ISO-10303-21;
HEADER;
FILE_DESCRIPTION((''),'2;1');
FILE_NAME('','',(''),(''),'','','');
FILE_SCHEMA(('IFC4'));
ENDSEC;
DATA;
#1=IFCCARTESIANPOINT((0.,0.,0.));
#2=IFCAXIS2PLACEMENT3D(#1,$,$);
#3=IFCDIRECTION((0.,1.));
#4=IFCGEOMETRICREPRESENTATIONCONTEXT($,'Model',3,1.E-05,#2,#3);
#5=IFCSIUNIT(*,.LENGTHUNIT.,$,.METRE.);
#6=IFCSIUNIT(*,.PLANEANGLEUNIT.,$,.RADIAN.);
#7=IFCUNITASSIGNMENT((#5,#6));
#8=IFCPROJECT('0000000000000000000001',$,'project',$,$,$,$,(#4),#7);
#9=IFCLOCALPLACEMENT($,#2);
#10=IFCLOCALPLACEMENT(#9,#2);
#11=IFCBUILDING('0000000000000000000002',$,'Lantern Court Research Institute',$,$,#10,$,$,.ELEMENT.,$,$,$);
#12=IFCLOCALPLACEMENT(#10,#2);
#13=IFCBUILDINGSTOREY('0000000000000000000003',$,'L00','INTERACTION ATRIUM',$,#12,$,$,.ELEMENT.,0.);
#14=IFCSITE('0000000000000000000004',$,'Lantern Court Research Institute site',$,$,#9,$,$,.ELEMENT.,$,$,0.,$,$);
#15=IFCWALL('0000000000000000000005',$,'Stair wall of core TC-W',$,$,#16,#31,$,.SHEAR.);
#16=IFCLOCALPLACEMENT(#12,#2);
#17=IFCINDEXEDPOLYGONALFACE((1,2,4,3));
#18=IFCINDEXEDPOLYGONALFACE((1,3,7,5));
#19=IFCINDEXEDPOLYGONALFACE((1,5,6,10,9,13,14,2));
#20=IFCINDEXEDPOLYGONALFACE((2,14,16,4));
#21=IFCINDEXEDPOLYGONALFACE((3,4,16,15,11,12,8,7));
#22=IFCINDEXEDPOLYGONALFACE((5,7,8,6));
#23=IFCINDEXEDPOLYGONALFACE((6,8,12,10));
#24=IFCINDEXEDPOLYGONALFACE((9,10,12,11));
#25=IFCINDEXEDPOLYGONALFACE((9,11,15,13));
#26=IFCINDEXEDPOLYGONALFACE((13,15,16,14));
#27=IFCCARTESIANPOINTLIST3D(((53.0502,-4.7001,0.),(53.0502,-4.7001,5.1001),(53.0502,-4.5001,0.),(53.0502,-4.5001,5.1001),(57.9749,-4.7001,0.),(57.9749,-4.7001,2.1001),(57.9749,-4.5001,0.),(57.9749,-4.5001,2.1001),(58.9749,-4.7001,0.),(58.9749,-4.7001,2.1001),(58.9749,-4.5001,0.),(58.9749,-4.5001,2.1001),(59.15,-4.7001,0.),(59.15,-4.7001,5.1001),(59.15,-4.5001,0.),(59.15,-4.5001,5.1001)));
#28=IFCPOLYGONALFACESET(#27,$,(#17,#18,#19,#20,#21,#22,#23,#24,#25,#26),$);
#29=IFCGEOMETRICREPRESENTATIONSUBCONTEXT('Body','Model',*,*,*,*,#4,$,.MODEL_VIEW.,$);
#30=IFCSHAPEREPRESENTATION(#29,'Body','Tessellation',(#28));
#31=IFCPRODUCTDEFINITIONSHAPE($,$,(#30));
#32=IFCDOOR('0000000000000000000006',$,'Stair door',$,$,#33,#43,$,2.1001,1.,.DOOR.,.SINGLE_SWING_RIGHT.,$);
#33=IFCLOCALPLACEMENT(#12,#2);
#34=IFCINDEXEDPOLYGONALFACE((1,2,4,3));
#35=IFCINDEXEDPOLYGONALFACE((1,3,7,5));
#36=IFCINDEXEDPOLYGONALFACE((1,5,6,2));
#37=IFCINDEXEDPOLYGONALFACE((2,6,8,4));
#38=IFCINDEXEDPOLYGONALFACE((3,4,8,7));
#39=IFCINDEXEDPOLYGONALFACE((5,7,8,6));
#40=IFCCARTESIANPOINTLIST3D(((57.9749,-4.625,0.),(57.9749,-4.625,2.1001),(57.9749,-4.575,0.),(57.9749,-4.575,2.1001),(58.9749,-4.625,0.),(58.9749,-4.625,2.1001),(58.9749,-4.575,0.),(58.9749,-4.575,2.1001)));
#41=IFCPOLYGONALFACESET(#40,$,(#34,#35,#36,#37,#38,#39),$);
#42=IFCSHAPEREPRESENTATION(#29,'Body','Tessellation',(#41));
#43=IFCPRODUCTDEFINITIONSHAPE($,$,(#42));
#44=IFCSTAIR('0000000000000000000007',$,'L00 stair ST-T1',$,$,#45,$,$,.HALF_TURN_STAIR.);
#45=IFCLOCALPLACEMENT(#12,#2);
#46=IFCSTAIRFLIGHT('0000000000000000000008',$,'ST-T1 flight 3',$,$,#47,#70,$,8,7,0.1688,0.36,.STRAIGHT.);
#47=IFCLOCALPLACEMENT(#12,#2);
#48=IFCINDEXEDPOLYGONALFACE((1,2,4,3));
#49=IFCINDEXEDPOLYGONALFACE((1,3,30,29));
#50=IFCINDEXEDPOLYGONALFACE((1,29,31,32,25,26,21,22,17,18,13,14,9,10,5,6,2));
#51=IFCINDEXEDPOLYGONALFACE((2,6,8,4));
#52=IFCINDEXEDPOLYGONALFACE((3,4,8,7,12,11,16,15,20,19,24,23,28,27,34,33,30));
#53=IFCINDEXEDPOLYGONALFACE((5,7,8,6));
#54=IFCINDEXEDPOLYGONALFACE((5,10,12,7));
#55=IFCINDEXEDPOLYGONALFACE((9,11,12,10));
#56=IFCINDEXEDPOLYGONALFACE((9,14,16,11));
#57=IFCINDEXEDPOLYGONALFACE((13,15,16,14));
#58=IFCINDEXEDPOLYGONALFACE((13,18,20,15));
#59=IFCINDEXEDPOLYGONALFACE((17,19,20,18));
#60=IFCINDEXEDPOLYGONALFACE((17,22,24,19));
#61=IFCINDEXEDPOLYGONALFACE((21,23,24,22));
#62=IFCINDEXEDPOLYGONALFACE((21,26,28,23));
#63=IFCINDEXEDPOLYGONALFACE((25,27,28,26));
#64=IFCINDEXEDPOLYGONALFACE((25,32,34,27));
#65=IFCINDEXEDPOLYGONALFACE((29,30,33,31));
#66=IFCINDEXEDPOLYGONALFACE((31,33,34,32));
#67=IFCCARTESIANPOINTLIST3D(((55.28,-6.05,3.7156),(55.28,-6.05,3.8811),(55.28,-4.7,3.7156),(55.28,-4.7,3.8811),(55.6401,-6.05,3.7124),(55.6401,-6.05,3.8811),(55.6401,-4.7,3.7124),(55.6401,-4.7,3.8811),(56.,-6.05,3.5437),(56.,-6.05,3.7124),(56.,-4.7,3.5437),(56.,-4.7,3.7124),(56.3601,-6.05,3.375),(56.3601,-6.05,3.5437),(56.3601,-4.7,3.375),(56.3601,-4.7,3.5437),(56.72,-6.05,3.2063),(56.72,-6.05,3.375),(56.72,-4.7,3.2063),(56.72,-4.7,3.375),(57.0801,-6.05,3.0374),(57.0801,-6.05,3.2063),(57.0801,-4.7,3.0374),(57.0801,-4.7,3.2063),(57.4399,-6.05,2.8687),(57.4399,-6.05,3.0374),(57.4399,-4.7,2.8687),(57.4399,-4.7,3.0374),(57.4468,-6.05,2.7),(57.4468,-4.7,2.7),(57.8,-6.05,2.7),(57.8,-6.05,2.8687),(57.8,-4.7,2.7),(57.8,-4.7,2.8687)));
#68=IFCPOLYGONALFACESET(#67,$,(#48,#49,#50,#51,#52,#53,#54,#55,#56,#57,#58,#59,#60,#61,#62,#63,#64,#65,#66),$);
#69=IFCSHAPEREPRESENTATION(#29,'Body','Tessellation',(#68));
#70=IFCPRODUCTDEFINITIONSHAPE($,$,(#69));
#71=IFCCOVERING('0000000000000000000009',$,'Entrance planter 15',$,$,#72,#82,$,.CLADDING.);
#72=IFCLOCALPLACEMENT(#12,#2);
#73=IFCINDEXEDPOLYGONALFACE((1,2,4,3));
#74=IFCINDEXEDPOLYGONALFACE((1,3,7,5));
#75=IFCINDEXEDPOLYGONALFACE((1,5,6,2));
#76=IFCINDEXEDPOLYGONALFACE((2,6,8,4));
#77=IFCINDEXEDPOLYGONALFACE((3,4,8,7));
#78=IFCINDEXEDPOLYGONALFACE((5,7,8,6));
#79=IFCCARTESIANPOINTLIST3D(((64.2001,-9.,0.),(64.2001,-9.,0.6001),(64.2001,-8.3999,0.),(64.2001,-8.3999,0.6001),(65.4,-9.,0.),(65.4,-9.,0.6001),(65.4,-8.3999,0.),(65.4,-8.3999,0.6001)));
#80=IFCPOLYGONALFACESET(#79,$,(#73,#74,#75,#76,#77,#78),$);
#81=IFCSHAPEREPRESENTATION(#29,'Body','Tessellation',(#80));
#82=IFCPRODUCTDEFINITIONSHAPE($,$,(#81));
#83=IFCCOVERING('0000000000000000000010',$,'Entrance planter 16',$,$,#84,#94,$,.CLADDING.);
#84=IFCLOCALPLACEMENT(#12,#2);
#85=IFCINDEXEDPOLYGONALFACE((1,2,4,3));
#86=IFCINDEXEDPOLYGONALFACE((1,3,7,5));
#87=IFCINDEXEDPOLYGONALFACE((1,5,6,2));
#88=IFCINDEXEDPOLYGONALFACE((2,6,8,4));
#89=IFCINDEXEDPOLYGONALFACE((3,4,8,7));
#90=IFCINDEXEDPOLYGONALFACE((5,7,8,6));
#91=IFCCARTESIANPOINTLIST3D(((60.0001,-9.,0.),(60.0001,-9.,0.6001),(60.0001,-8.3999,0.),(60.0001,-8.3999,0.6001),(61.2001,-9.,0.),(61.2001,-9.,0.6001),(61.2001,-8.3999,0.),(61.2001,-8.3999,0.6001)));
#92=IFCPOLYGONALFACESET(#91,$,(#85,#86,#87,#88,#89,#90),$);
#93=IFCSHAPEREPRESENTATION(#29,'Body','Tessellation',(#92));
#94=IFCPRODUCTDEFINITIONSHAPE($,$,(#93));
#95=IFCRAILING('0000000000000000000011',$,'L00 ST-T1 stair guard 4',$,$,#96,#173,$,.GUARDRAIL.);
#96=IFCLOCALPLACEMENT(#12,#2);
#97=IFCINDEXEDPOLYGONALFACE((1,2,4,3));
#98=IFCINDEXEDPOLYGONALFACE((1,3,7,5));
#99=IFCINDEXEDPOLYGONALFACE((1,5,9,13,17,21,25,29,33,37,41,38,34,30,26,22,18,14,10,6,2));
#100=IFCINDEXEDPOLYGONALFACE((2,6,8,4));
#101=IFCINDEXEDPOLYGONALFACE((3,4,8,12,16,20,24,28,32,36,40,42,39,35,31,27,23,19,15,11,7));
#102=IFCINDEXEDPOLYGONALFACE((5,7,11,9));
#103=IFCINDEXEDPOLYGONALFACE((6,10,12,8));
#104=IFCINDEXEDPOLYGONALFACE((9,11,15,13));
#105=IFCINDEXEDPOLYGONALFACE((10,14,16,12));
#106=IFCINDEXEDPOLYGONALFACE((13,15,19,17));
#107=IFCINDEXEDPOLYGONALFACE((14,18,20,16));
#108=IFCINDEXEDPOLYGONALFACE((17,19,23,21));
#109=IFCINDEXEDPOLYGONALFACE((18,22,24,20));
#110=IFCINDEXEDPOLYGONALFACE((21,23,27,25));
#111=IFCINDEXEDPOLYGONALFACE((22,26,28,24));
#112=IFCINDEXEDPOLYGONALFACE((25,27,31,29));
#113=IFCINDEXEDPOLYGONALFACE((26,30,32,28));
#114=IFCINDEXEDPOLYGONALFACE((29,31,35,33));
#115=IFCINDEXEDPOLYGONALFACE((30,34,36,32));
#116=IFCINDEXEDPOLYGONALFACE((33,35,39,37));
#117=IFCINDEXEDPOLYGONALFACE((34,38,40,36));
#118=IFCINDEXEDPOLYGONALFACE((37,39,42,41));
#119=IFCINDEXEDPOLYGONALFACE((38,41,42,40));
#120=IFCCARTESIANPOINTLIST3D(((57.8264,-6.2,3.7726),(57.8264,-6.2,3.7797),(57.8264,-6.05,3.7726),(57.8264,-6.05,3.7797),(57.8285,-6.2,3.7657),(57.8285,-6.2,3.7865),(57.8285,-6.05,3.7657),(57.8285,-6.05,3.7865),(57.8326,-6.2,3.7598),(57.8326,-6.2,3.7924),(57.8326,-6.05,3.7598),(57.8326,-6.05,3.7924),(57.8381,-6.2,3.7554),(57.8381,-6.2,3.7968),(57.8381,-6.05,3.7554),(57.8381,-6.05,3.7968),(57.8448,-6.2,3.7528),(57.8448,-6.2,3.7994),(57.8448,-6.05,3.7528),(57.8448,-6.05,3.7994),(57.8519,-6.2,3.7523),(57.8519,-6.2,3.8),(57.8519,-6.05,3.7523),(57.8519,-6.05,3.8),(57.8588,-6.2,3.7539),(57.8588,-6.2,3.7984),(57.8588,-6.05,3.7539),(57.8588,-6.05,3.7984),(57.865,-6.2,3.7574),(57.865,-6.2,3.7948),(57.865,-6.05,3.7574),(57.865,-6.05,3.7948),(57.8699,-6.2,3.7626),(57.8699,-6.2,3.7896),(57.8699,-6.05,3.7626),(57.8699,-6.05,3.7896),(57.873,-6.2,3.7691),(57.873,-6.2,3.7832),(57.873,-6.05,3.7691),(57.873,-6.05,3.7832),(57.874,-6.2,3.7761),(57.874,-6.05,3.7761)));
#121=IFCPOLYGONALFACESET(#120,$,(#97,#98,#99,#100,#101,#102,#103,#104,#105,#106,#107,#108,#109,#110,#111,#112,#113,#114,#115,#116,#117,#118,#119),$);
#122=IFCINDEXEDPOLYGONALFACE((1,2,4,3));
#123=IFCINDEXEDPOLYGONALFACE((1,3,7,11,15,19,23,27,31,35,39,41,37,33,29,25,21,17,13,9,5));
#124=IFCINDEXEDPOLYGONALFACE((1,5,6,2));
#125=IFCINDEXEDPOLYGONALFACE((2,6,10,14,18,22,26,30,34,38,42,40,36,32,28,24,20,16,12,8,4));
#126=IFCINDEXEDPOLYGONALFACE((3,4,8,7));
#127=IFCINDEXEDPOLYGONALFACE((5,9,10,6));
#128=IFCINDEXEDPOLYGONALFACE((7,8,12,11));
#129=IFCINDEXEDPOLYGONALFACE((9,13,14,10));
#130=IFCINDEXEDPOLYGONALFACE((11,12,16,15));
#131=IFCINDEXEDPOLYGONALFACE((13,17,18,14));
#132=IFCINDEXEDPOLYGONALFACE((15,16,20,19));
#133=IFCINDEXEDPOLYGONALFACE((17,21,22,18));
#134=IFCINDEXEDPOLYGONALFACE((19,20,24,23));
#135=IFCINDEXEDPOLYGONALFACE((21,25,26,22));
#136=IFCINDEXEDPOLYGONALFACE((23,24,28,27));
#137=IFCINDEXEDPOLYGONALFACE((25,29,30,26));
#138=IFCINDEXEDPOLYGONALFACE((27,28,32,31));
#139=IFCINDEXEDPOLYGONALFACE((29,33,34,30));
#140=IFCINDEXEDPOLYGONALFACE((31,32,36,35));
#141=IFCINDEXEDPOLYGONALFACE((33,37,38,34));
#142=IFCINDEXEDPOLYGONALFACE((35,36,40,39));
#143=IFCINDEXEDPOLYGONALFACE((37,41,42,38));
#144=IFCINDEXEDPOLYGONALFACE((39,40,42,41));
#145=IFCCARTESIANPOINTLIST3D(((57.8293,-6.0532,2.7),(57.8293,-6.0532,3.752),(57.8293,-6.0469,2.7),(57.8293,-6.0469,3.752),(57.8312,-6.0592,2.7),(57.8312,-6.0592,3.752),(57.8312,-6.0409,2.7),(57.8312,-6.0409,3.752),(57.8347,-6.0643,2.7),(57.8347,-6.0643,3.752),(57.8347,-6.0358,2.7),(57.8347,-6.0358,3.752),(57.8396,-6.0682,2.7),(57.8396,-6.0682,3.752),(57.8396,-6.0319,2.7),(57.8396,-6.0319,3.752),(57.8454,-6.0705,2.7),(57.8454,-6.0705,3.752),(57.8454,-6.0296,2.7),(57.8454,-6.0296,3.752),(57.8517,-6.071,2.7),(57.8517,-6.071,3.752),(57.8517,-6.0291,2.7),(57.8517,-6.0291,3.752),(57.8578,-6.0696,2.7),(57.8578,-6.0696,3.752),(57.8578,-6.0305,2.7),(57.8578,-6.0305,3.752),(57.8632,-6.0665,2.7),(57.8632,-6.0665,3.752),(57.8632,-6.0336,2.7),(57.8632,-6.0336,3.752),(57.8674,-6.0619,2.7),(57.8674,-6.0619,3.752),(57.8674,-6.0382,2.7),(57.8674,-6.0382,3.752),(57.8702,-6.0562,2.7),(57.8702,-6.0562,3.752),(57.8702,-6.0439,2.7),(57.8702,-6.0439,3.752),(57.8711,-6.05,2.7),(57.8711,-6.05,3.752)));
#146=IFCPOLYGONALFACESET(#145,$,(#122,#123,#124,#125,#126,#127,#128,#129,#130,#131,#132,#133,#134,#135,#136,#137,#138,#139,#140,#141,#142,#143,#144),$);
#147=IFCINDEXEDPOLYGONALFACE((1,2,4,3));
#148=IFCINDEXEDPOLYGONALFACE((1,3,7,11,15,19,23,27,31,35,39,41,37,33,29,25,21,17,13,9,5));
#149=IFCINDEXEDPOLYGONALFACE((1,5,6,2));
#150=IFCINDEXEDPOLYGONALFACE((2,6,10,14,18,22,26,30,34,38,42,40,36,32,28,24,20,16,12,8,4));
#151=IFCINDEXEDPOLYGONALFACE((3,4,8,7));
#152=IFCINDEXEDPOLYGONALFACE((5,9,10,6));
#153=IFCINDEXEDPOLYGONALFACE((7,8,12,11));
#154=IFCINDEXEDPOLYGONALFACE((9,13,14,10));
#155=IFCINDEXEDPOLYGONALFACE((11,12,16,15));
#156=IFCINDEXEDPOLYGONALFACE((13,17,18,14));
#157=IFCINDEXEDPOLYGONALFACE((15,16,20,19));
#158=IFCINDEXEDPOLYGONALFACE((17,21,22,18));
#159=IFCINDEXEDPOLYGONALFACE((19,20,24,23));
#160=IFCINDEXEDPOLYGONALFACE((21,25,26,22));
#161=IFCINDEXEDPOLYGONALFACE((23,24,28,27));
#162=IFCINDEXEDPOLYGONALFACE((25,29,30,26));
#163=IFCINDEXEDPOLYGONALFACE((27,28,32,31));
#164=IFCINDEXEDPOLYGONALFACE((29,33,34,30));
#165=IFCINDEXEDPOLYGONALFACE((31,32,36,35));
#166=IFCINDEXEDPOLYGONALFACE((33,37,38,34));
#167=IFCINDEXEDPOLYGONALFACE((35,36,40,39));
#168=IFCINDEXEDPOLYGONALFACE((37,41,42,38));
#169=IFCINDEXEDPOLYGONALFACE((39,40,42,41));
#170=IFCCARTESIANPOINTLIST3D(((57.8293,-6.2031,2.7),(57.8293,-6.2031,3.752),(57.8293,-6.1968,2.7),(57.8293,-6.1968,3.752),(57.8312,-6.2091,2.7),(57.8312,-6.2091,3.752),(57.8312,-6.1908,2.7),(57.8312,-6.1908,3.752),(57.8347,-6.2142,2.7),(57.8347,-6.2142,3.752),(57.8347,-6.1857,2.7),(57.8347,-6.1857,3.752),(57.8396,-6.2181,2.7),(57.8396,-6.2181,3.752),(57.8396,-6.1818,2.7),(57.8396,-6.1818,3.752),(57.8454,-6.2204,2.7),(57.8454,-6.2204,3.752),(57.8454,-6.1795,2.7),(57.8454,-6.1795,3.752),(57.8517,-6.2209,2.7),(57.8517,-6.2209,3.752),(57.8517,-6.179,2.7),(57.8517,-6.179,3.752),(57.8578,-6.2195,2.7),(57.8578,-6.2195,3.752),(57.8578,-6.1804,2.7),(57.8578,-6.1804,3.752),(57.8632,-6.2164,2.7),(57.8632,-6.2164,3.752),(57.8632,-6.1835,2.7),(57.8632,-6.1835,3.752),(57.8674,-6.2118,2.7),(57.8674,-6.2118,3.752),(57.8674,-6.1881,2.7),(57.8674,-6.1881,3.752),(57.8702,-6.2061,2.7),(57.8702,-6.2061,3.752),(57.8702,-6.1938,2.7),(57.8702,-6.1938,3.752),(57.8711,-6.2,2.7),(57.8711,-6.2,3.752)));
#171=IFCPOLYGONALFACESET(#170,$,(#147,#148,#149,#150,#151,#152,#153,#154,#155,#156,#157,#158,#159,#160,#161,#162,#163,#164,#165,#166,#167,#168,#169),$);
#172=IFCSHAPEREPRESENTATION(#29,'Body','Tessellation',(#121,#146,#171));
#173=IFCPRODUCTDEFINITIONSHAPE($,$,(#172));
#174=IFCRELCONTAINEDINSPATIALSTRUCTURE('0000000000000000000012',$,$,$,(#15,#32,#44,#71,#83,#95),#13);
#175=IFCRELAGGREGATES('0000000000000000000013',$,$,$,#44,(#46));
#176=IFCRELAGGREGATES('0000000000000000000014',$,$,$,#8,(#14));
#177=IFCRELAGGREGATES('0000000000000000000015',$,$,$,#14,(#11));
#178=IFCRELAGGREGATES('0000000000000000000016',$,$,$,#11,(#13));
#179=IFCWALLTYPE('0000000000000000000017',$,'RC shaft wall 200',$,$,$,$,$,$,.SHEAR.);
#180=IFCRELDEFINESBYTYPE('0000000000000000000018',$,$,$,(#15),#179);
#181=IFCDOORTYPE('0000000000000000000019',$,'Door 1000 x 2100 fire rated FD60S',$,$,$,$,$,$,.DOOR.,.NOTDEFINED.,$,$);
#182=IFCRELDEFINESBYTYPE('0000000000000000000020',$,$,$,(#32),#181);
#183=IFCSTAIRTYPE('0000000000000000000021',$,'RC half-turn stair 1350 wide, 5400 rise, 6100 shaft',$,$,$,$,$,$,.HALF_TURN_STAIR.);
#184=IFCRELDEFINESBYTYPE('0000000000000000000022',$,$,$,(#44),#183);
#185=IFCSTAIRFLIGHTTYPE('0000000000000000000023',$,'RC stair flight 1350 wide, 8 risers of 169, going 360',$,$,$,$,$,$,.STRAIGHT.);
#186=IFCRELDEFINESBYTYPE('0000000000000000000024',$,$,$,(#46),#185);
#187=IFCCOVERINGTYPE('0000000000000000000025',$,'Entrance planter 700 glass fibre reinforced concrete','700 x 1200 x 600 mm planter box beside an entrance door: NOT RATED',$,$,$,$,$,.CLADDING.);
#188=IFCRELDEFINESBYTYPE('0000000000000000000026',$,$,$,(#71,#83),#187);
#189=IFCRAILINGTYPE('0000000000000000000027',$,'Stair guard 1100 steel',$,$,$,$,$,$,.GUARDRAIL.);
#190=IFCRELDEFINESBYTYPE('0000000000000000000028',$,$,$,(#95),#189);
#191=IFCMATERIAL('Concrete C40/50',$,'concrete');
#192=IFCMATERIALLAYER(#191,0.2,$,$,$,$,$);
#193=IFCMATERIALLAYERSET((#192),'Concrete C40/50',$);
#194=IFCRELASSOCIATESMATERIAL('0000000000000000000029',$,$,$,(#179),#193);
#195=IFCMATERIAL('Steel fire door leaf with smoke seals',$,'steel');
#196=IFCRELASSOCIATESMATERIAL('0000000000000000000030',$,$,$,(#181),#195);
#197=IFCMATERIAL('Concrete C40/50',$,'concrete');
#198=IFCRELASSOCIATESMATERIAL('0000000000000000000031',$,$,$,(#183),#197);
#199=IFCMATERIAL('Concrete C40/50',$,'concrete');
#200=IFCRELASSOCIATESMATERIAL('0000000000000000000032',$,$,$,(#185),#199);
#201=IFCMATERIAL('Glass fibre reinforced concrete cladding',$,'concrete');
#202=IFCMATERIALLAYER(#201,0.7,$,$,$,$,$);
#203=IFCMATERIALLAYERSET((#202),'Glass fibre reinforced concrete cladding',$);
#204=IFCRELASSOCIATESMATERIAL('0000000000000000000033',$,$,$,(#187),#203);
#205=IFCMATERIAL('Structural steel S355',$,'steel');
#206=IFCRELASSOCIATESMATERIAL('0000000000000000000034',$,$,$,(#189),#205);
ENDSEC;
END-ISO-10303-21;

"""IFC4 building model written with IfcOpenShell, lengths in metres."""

from ifc_helpers import new_model, si_unit, direction, frame, frame_2d, origin, origin_2d, place, context, subcontext, project, spatial, polyline, rectangle, circle, outline, extrude, material, layer, layer_set, type_object, element, fill, aggregate, save


model = new_model("IFC4")

# Units and contexts
model_context = context("Model", 3, precision=1e-05, world=origin(), true_north=direction((0.0, 1.0)))
body_context = subcontext(model_context, "Body", "Model", "MODEL_VIEW")
ifc_project = project(units=[si_unit("LENGTHUNIT", "METRE"), si_unit("PLANEANGLEUNIT", "RADIAN")], contexts=[model_context])

# Site, building, storey
site_placement = place(None, origin())
site = spatial("IfcSite", under=ifc_project, at=site_placement, Name="Lantern Court Research Institute site", CompositionType="ELEMENT", RefElevation=0.0)
building_placement = place(site_placement, origin())
building = spatial("IfcBuilding", under=site, at=building_placement, Name="Lantern Court Research Institute", CompositionType="ELEMENT")
storey_placement = place(building_placement, origin())
storey = spatial("IfcBuildingStorey", under=building, at=storey_placement, Name="L00", Description="INTERACTION ATRIUM", CompositionType="ELEMENT", Elevation=0.0)

# Wall, opening, door
ifc_material_1 = material(Name="Concrete C40/50", Category="concrete")
ifc_layer_1 = layer(ifc_material_1, 0.2)
ifc_layer_set_1 = layer_set([ifc_layer_1], Name="Concrete C40/50")
wall_type_1 = type_object("IfcWallType", Name="RC shaft wall 200", PredefinedType="SHEAR", material=ifc_layer_set_1)
wall_1_placement = place(storey_placement, frame((59.1499, -4.6001, 0.0), z_axis=(0.0, 0.0, 1.0), x_axis=(-1.0, 0.0, 0.0)))
wall_1 = element("IfcWall", 1, at=wall_1_placement, inside=storey, type_object=wall_type_1, Name="Stair wall of core TC-W", PredefinedType="SHEAR", context=body_context, shape_type="SweptSolid", body=[
    extrude(rectangle(XDim=6.0999, YDim=0.2, at=frame_2d((3.0498, 0.0))), origin(), (0.0, 0.0, 1.0), 5.1001),
])
opening_1_placement = place(wall_1_placement, frame((0.175, 0.0, 0.0)))
opening_1 = element("IfcOpeningElement", 2, at=opening_1_placement, cuts=wall_1, PredefinedType="OPENING", context=body_context, shape_type="SweptSolid", body=[
    extrude(rectangle(XDim=1.0, YDim=2.1001, at=frame_2d((0.5, 1.05))), frame((0.0, 0.1099, 0.0), z_axis=(0.0, -1.0, 0.0), x_axis=(1.0, 0.0, 0.0)), (0.0, 0.0, 1.0), 0.22),
])
ifc_material_2 = material(Name="Steel fire door leaf with smoke seals", Category="steel")
door_type_1 = type_object("IfcDoorType", Name="Door 1000 x 2100 fire rated FD60S", OperationType="NOTDEFINED", PredefinedType="DOOR", material=ifc_material_2)
door_1_placement = place(opening_1_placement, origin())
door_1 = element("IfcDoor", 3, at=door_1_placement, inside=storey, type_object=door_type_1, Name="Stair door", OperationType="SINGLE_SWING_RIGHT", OverallHeight=2.1001, OverallWidth=1.0, PredefinedType="DOOR", context=body_context, shape_type="SweptSolid", body=[
    extrude(rectangle(XDim=1.0, YDim=2.1001, at=frame_2d((0.5, 1.05))), frame((0.0, 0.0249, 0.0), z_axis=(0.0, -1.0, 0.0), x_axis=(1.0, 0.0, 0.0)), (0.0, 0.0, 1.0), 0.05),
])
fill(opening_1, door_1)

# Stair, stair flight
ifc_material_3 = material(Name="Concrete C40/50", Category="concrete")
stair_type = type_object("IfcStairType", Name="RC half-turn stair 1350 wide, 5400 rise, 6100 shaft", PredefinedType="HALF_TURN_STAIR", material=ifc_material_3)
stair_placement = place(storey_placement, origin())
stair = element("IfcStair", 4, at=stair_placement, inside=storey, type_object=stair_type, Name="L00 stair ST-T1", PredefinedType="HALF_TURN_STAIR")
ifc_material_4 = material(Name="Concrete C40/50", Category="concrete")
stair_flight_type = type_object("IfcStairFlightType", Name="RC stair flight 1350 wide, 8 risers of 169, going 360", PredefinedType="STRAIGHT", material=ifc_material_4)
stair_flight_placement = place(storey_placement, frame((57.8, -5.375, 2.7), z_axis=(0.0, 0.0, 1.0), x_axis=(-1.0, 0.0, 0.0)))
stair_flight = element("IfcStairFlight", 5, at=stair_flight_placement, type_object=stair_flight_type, Name="ST-T1 flight 3", NumberOfRisers=8, NumberOfTreads=7, PredefinedType="STRAIGHT", RiserHeight=0.1688, TreadLength=0.36, context=body_context, shape_type="SweptSolid", body=[
    extrude(outline(polyline([(0.0, 0.0), (0.0, 0.1687), (0.3601, 0.1687), (0.3601, 0.3374), (0.72, 0.3374), (0.72, 0.5063), (1.0801, 0.5063), (1.0801, 0.675), (1.4399, 0.675), (1.4399, 0.8438), (1.8, 0.8438), (1.8, 1.0125), (2.1599, 1.0125), (2.1599, 1.1812), (2.52, 1.1812), (2.52, 1.3501), (2.52, 1.0156), (0.3533, 0.0), (0.0, 0.0)])), frame((0.0, 0.675, 0.0), z_axis=(0.0, -1.0, 0.0), x_axis=(1.0, 0.0, 0.0)), (0.0, 0.0, 1.0), 1.3501),
])
aggregate(stair, [stair_flight])

# Coverings
ifc_material_5 = material(Name="Glass fibre reinforced concrete cladding", Category="concrete")
ifc_layer_2 = layer(ifc_material_5, 0.7)
ifc_layer_set_2 = layer_set([ifc_layer_2], Name="Glass fibre reinforced concrete cladding")
covering_type = type_object("IfcCoveringType", Name="Entrance planter 700 glass fibre reinforced concrete", Description="700 x 1200 x 600 mm planter box beside an entrance door: NOT RATED", PredefinedType="CLADDING", material=ifc_layer_set_2)
for number, where, z_axis, x_axis, name in (
    (6, (64.8, -8.7, 0.0), (0.0, 0.0, 1.0), (1.0, 0.0, 0.0), "Entrance planter 15"),
    (7, (60.6001, -8.7, 0.0), (0.0, 0.0, 1.0), (1.0, 0.0, 0.0), "Entrance planter 16"),
):
    element("IfcCovering", number, at=place(storey_placement, frame(where, z_axis=z_axis, x_axis=x_axis)), inside=storey, type_object=covering_type, Name=name, PredefinedType="CLADDING", context=body_context, shape_type="SweptSolid", body=[
        extrude(rectangle(XDim=1.2, YDim=0.6001, at=origin_2d()), origin(), (0.0, 0.0, 1.0), 0.6001),
    ])

# Railing
ifc_material_6 = material(Name="Structural steel S355", Category="steel")
railing_type_1 = type_object("IfcRailingType", Name="Stair guard 1100 steel", PredefinedType="GUARDRAIL", material=ifc_material_6)
for number, where, name in (
    (8, (57.8501, -6.05, 2.7), "L00 ST-T1 stair guard 4"),
):
    element("IfcRailing", number, at=place(storey_placement, frame(where)), inside=storey, type_object=railing_type_1, Name=name, PredefinedType="GUARDRAIL", context=body_context, shape_type="SweptSolid", body=[
        extrude(circle(Radius=0.0239, at=origin_2d()), frame((0.0, 0.0, 1.0762), z_axis=(0.0, -1.0, 0.0), x_axis=(1.0, 0.0, 0.0)), (0.0, 0.0, 1.0), 0.1499),
        extrude(circle(Radius=0.021, at=origin_2d()), origin(), (0.0, 0.0, 1.0), 1.052),
        extrude(circle(Radius=0.021, at=origin_2d()), frame((0.0, -0.1499, 0.0)), (0.0, 0.0, 1.0), 1.052),
    ])

save(model, "model.ifc")
